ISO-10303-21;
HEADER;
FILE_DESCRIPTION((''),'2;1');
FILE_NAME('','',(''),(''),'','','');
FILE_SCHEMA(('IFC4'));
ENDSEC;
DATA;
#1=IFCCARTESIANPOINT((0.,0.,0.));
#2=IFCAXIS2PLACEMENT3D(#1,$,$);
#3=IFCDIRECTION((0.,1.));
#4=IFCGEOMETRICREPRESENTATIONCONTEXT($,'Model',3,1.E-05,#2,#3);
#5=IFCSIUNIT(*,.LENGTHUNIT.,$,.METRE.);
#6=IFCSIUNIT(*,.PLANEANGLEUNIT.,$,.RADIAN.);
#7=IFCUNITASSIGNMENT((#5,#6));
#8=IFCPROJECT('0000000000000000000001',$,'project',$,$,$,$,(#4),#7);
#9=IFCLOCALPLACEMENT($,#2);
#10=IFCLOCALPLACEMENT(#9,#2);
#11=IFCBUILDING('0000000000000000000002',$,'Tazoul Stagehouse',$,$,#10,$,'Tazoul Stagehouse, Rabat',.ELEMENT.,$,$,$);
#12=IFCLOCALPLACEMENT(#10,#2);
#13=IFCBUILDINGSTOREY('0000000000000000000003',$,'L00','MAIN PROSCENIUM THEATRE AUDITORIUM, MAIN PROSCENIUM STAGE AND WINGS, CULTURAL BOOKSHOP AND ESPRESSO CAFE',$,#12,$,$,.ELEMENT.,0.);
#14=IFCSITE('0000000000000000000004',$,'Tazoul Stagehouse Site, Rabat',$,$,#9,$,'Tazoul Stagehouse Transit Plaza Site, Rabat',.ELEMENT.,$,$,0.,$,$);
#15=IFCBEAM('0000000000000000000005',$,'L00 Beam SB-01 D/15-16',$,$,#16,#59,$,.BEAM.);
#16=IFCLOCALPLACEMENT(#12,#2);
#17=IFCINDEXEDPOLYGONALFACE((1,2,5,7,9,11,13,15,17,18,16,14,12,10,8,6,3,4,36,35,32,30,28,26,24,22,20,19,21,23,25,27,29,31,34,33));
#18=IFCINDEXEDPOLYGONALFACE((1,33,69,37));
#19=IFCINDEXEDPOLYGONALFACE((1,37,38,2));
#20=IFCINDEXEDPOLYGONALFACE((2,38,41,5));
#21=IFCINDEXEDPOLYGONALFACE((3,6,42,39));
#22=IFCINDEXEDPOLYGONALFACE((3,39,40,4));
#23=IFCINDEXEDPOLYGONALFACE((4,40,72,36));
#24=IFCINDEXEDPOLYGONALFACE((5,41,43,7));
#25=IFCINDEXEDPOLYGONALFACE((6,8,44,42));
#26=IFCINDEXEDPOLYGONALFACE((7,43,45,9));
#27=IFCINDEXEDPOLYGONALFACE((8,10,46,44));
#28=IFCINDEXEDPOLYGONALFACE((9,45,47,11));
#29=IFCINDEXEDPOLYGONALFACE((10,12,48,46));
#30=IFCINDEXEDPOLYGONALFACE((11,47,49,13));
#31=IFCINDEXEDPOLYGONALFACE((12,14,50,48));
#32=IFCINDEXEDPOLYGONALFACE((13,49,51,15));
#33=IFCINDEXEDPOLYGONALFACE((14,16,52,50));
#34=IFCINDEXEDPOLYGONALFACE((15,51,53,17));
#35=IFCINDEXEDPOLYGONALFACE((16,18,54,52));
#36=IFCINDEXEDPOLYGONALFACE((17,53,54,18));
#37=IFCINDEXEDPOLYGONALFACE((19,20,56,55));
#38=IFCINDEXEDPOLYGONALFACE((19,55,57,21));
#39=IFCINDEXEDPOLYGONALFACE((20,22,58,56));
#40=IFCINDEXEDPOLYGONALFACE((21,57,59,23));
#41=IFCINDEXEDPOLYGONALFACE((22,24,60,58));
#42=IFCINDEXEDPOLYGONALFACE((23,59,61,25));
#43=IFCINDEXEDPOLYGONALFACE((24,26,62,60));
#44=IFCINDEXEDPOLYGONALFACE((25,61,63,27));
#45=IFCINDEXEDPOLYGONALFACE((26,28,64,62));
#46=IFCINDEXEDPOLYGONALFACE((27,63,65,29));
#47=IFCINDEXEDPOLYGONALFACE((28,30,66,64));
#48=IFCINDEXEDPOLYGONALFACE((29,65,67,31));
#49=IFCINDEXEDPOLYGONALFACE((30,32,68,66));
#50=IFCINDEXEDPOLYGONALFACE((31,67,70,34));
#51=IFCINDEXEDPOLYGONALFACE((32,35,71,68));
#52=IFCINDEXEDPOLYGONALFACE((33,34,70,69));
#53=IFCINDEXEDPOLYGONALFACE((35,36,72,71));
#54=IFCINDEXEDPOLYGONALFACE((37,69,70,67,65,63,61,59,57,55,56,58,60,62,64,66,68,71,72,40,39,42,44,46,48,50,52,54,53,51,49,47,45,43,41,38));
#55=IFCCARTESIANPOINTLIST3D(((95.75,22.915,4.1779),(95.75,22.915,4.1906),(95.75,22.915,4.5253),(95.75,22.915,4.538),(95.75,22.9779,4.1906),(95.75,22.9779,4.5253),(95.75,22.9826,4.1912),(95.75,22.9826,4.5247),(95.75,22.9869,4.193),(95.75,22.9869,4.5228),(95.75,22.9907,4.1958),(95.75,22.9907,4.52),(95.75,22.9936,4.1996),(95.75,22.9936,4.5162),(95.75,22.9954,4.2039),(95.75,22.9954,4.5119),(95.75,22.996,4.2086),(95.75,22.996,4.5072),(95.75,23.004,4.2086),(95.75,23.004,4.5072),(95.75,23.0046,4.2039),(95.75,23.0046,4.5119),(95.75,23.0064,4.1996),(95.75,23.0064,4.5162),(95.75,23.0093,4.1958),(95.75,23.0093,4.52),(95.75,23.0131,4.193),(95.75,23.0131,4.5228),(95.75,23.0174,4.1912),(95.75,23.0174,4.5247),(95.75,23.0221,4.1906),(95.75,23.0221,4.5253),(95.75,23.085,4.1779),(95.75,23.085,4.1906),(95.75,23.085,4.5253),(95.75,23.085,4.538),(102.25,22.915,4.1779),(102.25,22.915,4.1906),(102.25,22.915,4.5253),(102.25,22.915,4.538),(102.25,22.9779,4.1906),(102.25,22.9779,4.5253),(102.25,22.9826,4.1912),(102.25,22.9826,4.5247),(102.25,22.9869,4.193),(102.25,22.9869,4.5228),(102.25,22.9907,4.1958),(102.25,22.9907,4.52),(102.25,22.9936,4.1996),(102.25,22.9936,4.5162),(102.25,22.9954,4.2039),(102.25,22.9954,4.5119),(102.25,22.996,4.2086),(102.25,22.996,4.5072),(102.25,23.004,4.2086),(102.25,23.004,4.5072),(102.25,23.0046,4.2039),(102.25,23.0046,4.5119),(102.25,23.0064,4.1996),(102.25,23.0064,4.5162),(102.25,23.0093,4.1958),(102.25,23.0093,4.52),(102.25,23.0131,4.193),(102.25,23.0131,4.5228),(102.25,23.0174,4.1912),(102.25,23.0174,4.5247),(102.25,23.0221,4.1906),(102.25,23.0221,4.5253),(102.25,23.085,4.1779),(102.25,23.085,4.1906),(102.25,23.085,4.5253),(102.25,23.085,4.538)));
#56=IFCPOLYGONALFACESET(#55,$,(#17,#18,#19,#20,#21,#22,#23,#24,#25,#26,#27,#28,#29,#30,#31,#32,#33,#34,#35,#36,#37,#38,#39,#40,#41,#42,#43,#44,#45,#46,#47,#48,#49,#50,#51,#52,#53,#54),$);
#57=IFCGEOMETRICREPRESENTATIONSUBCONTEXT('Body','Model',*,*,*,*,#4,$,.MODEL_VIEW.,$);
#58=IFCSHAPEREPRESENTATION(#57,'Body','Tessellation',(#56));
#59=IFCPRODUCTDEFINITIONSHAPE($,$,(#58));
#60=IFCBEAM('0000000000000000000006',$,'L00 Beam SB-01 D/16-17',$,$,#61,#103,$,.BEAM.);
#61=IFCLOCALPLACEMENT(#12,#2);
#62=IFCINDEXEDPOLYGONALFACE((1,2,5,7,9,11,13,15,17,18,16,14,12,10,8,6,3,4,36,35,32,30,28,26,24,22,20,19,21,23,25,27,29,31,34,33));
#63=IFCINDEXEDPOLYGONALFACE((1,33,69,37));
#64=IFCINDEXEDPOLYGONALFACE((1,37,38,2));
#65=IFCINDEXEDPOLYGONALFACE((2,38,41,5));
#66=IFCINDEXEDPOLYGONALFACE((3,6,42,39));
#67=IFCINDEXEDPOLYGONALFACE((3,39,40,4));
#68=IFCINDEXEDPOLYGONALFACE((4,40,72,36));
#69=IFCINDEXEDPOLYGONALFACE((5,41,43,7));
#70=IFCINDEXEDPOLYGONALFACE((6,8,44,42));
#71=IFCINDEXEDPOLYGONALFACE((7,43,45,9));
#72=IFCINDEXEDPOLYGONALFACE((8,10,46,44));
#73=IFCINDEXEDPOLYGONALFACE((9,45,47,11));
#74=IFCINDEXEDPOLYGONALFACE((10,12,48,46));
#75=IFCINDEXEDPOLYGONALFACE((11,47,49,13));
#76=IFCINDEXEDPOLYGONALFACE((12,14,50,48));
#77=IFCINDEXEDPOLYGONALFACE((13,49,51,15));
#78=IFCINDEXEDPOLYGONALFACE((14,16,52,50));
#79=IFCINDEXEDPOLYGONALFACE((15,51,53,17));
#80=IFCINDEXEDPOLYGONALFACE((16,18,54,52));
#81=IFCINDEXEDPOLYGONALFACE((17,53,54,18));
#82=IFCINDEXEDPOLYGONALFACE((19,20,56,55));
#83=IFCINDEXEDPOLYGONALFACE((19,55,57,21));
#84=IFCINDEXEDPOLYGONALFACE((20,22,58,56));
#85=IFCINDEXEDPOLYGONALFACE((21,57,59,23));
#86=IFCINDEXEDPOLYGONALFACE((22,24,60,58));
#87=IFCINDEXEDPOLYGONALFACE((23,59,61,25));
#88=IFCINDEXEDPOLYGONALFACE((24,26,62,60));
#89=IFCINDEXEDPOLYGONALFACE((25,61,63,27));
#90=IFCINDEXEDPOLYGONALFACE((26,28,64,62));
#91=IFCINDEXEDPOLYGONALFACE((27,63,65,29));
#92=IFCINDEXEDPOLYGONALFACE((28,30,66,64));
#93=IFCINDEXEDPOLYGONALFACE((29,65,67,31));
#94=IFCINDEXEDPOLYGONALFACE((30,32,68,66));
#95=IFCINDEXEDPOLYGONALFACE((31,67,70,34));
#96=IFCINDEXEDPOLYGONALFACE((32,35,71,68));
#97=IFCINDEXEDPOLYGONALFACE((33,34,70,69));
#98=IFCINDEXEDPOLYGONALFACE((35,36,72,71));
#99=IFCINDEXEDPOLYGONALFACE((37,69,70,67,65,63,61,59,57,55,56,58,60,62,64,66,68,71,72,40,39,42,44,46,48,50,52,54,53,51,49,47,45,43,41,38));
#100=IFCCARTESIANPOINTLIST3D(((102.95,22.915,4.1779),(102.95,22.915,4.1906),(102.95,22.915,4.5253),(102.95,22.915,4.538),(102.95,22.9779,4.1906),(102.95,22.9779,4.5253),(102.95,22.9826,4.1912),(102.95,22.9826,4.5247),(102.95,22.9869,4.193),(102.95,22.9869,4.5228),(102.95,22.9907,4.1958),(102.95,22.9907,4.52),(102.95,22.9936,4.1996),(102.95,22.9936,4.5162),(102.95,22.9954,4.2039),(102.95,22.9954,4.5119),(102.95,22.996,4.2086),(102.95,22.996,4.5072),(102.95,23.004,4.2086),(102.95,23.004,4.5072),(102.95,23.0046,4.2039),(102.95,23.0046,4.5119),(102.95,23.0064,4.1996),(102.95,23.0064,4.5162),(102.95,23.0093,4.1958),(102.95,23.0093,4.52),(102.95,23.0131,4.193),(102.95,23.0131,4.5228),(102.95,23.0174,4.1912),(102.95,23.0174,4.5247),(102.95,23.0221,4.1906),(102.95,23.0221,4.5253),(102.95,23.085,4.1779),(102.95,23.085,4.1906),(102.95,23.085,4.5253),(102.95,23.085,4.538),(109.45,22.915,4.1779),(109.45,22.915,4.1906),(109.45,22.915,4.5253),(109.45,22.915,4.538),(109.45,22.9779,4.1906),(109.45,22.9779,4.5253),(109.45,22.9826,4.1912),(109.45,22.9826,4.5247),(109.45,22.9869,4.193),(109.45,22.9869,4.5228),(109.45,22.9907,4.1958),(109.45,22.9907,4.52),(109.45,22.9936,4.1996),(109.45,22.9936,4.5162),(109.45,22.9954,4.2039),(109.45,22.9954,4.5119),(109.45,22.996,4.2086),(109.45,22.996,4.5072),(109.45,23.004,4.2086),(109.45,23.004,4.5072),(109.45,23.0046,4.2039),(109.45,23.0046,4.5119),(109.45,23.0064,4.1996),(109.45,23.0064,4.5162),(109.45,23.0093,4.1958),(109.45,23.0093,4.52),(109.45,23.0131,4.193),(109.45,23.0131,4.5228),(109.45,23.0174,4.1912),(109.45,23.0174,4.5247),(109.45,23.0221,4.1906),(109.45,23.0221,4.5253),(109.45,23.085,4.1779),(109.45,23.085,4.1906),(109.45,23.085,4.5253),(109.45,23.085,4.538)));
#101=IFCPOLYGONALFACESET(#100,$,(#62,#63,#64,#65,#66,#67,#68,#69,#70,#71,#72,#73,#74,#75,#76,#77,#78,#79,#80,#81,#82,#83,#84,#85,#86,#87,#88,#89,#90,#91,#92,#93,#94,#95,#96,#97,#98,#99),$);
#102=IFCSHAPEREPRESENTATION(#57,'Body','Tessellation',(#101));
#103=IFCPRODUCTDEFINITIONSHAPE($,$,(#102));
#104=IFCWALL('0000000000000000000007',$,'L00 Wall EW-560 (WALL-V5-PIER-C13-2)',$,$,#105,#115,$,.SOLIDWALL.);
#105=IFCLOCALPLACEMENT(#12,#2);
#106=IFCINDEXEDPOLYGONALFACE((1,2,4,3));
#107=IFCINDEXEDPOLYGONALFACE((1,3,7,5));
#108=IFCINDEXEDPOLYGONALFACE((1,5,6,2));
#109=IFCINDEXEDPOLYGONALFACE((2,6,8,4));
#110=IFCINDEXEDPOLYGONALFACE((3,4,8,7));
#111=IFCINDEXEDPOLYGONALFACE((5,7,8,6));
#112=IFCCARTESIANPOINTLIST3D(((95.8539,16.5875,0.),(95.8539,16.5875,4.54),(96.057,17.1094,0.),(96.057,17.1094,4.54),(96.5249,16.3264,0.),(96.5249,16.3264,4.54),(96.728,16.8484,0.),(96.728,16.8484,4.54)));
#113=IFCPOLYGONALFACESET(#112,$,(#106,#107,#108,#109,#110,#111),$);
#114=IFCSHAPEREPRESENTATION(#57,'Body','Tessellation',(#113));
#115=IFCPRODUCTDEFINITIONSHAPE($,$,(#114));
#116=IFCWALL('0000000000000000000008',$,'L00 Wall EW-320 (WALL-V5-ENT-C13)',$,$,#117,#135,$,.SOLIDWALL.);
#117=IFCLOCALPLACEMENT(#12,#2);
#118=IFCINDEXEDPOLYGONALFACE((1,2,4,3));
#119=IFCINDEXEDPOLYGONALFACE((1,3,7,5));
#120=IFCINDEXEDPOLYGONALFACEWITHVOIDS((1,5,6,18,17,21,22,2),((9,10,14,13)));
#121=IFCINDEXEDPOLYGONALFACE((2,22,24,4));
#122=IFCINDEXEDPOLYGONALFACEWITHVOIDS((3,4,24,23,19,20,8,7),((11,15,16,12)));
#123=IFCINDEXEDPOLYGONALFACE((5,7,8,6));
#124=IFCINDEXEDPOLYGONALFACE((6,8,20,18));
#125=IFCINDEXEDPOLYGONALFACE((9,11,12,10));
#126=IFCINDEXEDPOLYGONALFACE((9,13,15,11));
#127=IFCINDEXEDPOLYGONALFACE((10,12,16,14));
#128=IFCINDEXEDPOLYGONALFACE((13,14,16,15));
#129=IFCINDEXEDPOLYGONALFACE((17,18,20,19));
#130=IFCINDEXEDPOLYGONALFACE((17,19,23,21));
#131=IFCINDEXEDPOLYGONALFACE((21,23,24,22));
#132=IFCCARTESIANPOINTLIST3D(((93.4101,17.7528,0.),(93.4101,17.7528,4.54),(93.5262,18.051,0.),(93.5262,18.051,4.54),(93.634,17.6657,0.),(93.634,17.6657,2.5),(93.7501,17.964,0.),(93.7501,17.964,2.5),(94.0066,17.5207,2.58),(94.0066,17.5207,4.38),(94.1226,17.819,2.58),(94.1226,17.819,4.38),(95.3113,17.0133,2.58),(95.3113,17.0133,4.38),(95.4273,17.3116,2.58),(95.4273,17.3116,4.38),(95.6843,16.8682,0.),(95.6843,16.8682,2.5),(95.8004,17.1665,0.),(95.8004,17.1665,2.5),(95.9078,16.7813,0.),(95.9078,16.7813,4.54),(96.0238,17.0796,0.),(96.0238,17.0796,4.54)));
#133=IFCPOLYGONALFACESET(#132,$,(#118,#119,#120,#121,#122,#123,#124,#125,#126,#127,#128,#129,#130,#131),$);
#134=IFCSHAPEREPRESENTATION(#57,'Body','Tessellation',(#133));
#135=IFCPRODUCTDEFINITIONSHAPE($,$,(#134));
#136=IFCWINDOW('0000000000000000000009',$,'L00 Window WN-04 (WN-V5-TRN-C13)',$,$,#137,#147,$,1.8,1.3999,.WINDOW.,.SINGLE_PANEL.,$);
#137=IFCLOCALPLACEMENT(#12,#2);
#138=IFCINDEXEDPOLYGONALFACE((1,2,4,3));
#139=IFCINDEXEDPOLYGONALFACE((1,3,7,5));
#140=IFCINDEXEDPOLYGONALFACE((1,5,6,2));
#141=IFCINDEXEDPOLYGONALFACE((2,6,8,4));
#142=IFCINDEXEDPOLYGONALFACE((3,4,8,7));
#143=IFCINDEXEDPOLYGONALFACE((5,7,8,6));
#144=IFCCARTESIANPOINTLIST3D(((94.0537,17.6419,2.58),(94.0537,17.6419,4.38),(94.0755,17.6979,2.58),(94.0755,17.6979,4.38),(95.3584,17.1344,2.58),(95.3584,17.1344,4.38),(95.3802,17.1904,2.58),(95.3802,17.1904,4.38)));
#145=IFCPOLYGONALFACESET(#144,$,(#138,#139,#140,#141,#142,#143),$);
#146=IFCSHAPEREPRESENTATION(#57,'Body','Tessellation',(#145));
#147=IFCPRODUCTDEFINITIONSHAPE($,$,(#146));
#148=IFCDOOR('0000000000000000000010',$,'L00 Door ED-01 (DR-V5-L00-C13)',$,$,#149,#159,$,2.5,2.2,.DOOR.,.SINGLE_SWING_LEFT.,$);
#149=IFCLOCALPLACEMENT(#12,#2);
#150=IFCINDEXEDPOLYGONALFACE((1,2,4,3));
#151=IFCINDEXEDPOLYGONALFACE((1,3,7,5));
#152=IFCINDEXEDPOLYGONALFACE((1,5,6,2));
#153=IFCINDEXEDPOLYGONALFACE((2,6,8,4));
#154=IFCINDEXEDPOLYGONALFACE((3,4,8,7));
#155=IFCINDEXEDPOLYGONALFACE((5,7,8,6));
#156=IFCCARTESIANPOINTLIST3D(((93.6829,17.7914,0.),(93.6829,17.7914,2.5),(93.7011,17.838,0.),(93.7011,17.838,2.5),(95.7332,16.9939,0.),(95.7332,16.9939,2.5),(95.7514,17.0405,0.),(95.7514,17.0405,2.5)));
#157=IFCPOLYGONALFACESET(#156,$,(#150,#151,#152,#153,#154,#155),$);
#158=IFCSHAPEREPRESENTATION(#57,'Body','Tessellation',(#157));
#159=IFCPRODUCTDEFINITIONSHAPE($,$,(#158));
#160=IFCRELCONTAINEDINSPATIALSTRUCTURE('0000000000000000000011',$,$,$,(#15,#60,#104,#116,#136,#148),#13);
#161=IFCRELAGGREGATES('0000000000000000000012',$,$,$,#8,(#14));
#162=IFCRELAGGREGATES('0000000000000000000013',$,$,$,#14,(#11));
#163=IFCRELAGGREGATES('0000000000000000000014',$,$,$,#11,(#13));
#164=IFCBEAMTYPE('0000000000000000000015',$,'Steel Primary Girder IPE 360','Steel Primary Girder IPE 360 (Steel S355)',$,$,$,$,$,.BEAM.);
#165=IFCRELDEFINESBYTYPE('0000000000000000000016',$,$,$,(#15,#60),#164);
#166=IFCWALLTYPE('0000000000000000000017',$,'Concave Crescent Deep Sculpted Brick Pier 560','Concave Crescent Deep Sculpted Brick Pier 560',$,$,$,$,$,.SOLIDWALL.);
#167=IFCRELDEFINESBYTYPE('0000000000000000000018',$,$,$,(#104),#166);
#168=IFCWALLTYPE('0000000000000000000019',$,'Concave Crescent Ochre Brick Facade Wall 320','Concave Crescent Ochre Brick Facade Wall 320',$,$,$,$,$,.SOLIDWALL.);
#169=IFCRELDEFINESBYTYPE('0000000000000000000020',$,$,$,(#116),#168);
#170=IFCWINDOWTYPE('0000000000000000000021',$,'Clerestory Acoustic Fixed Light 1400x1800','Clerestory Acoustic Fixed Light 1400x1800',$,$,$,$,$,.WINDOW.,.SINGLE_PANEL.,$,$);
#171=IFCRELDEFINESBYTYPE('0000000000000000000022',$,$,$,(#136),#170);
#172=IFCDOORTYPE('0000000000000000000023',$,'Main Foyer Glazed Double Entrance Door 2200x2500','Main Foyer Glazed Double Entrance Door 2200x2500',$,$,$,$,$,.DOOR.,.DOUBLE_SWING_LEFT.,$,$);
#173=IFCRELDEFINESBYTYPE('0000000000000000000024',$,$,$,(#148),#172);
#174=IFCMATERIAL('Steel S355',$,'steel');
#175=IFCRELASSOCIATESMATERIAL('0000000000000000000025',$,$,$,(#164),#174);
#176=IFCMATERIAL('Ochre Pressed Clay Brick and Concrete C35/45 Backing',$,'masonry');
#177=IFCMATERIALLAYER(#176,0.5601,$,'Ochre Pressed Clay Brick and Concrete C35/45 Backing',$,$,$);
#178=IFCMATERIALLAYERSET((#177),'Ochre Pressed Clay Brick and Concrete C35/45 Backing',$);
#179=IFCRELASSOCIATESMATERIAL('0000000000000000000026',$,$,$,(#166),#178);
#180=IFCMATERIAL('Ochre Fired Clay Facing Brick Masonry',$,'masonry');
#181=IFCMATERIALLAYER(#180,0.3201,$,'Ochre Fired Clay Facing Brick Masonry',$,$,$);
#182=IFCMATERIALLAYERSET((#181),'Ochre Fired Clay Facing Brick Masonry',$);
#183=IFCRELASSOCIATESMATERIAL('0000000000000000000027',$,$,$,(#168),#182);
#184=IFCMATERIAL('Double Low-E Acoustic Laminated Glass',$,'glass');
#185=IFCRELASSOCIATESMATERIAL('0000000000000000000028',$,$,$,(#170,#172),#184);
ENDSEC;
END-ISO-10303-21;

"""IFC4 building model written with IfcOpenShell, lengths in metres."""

from ifc_helpers import new_model, si_unit, direction, frame, frame_2d, origin, origin_2d, place, context, subcontext, project, spatial, rectangle, i_section, extrude, material, layer, layer_set, material_profile, profile_set, type_object, element, fill, save


model = new_model("IFC4")

# Units and contexts
model_context = context("Model", 3, precision=1e-05, world=origin(), true_north=direction((0.0, 1.0)))
body_context = subcontext(model_context, "Body", "Model", "MODEL_VIEW")
ifc_project = project(units=[si_unit("LENGTHUNIT", "METRE"), si_unit("PLANEANGLEUNIT", "RADIAN")], contexts=[model_context])

# Site, building, storey
site_placement = place(None, origin())
site = spatial("IfcSite", under=ifc_project, at=site_placement, Name="Tazoul Stagehouse Site, Rabat", LongName="Tazoul Stagehouse Transit Plaza Site, Rabat", CompositionType="ELEMENT", RefElevation=0.0)
building_placement = place(site_placement, origin())
building = spatial("IfcBuilding", under=site, at=building_placement, Name="Tazoul Stagehouse", LongName="Tazoul Stagehouse, Rabat", CompositionType="ELEMENT")
storey_placement = place(building_placement, origin())
storey = spatial("IfcBuildingStorey", under=building, at=storey_placement, Name="L00", Description="MAIN PROSCENIUM THEATRE AUDITORIUM, MAIN PROSCENIUM STAGE AND WINGS, CULTURAL BOOKSHOP AND ESPRESSO CAFE", CompositionType="ELEMENT", Elevation=0.0)

# Shared definitions
ifc_material_1 = material(Name="Steel S355", Category="steel")

# Beams
ifc_material_profile_1 = material_profile(ifc_material_1, i_section(OverallWidth=0.1699, OverallDepth=0.3601, WebThickness=0.0081, FlangeThickness=0.0127, FilletRadius=0.0181, at=origin_2d()), Name="IPE 360")
ifc_profile_set_1 = profile_set([ifc_material_profile_1], Name="Steel S355")
beam_type_1 = type_object("IfcBeamType", Name="Steel Primary Girder IPE 360", Description="Steel Primary Girder IPE 360 (Steel S355)", PredefinedType="BEAM", material=ifc_profile_set_1)
for number, where, z_axis, x_axis, name in (
    (1, (95.75, 23.0, 4.3579), (1.0, 0.0, 0.0), (0.0, 1.0, 0.0), "L00 Beam SB-01 D/15-16"),
    (2, (102.95, 23.0, 4.3579), (1.0, 0.0, 0.0), (0.0, 1.0, 0.0), "L00 Beam SB-01 D/16-17"),
):
    element("IfcBeam", number, at=place(storey_placement, frame(where, z_axis=z_axis, x_axis=x_axis)), inside=storey, type_object=beam_type_1, Name=name, PredefinedType="BEAM", context=body_context, shape_type="SweptSolid", body=[
        extrude(i_section(OverallWidth=0.1699, OverallDepth=0.3601, WebThickness=0.0081, FlangeThickness=0.0127, FilletRadius=0.0181, at=origin_2d()), origin(), (0.0, 0.0, 1.0), 6.5),
    ])

# Shared definitions
ifc_material_2 = material(Name="Double Low-E Acoustic Laminated Glass", Category="glass")

# Wall
ifc_material_3 = material(Name="Ochre Pressed Clay Brick and Concrete C35/45 Backing", Category="masonry")
ifc_layer_1 = layer(ifc_material_3, 0.5601, Name="Ochre Pressed Clay Brick and Concrete C35/45 Backing")
ifc_layer_set_1 = layer_set([ifc_layer_1], Name="Ochre Pressed Clay Brick and Concrete C35/45 Backing")
wall_type_1 = type_object("IfcWallType", Name="Concave Crescent Deep Sculpted Brick Pier 560", Description="Concave Crescent Deep Sculpted Brick Pier 560", PredefinedType="SOLIDWALL", material=ifc_layer_set_1)
wall_1_placement = place(storey_placement, frame((95.9556, 16.8484, 0.0), z_axis=(0.0, 0.0, 1.0), x_axis=(0.931966, -0.362544, 0.0)))
element("IfcWall", 3, at=wall_1_placement, inside=storey, type_object=wall_type_1, Name="L00 Wall EW-560 (WALL-V5-PIER-C13-2)", PredefinedType="SOLIDWALL", context=body_context, shape_type="SweptSolid", body=[
    extrude(rectangle(XDim=0.72, YDim=0.5601, at=frame_2d((0.3599, 0.0))), origin(), (0.0, 0.0, 1.0), 4.54),
])

# Wall, openings, window, door
ifc_material_4 = material(Name="Ochre Fired Clay Facing Brick Masonry", Category="masonry")
ifc_layer_2 = layer(ifc_material_4, 0.3201, Name="Ochre Fired Clay Facing Brick Masonry")
ifc_layer_set_2 = layer_set([ifc_layer_2], Name="Ochre Fired Clay Facing Brick Masonry")
wall_type_2 = type_object("IfcWallType", Name="Concave Crescent Ochre Brick Facade Wall 320", Description="Concave Crescent Ochre Brick Facade Wall 320", PredefinedType="SOLIDWALL", material=ifc_layer_set_2)
wall_2_placement = place(storey_placement, frame((93.4683, 17.9019, 0.0), z_axis=(0.0, 0.0, 1.0), x_axis=(0.931984, -0.362499, 0.0)))
wall_2 = element("IfcWall", 4, at=wall_2_placement, inside=storey, type_object=wall_type_2, Name="L00 Wall EW-320 (WALL-V5-ENT-C13)", PredefinedType="SOLIDWALL", context=body_context, shape_type="SweptSolid", body=[
    extrude(rectangle(XDim=2.6799, YDim=0.3201, at=frame_2d((1.3398, 0.0))), origin(), (0.0, 0.0, 1.0), 4.54),
])
opening_1_placement = place(wall_2_placement, frame((0.6399, 0.0, 2.5801)))
opening_1 = element("IfcOpeningElement", 5, at=opening_1_placement, cuts=wall_2, PredefinedType="OPENING", context=body_context, shape_type="SweptSolid", body=[
    extrude(rectangle(XDim=1.3999, YDim=1.8, at=frame_2d((0.7, 0.8999))), frame((0.0, 0.1799, 0.0), z_axis=(0.0, -1.0, 0.0), x_axis=(1.0, 0.0, 0.0)), (0.0, 0.0, 1.0), 0.3601),
])
opening_2_placement = place(wall_2_placement, frame((0.24, 0.0, 0.0)))
opening_2 = element("IfcOpeningElement", 6, at=opening_2_placement, cuts=wall_2, PredefinedType="OPENING", context=body_context, shape_type="SweptSolid", body=[
    extrude(rectangle(XDim=2.2, YDim=2.5, at=frame_2d((1.1001, 1.25))), frame((0.0, 0.1799, 0.0), z_axis=(0.0, -1.0, 0.0), x_axis=(1.0, 0.0, 0.0)), (0.0, 0.0, 1.0), 0.3601),
])
window_type = type_object("IfcWindowType", Name="Clerestory Acoustic Fixed Light 1400x1800", Description="Clerestory Acoustic Fixed Light 1400x1800", PartitioningType="SINGLE_PANEL", PredefinedType="WINDOW", material=ifc_material_2)
window_placement = place(opening_1_placement, origin())
window = element("IfcWindow", 7, at=window_placement, inside=storey, type_object=window_type, Name="L00 Window WN-04 (WN-V5-TRN-C13)", OverallHeight=1.8, OverallWidth=1.3999, PartitioningType="SINGLE_PANEL", PredefinedType="WINDOW", context=body_context, shape_type="SweptSolid", body=[
    extrude(rectangle(XDim=1.3999, YDim=1.8, at=frame_2d((0.7, 0.8999))), frame((0.0, 0.03, 0.0), z_axis=(0.0, -1.0, 0.0), x_axis=(1.0, 0.0, 0.0)), (0.0, 0.0, 1.0), 0.0601),
])
fill(opening_1, window)
door_type_1 = type_object("IfcDoorType", Name="Main Foyer Glazed Double Entrance Door 2200x2500", Description="Main Foyer Glazed Double Entrance Door 2200x2500", OperationType="DOUBLE_SWING_LEFT", PredefinedType="DOOR", material=ifc_material_2)
door_1_placement = place(opening_2_placement, origin())
door_1 = element("IfcDoor", 8, at=door_1_placement, inside=storey, type_object=door_type_1, Name="L00 Door ED-01 (DR-V5-L00-C13)", OperationType="SINGLE_SWING_LEFT", OverallHeight=2.5, OverallWidth=2.2, PredefinedType="DOOR", context=body_context, shape_type="SweptSolid", body=[
    extrude(rectangle(XDim=2.2, YDim=2.5, at=frame_2d((1.1001, 1.25))), frame((0.0, 0.0249, 0.0), z_axis=(0.0, -1.0, 0.0), x_axis=(1.0, 0.0, 0.0)), (0.0, 0.0, 1.0), 0.05),
])
fill(opening_2, door_1)

save(model, "model.ifc")
